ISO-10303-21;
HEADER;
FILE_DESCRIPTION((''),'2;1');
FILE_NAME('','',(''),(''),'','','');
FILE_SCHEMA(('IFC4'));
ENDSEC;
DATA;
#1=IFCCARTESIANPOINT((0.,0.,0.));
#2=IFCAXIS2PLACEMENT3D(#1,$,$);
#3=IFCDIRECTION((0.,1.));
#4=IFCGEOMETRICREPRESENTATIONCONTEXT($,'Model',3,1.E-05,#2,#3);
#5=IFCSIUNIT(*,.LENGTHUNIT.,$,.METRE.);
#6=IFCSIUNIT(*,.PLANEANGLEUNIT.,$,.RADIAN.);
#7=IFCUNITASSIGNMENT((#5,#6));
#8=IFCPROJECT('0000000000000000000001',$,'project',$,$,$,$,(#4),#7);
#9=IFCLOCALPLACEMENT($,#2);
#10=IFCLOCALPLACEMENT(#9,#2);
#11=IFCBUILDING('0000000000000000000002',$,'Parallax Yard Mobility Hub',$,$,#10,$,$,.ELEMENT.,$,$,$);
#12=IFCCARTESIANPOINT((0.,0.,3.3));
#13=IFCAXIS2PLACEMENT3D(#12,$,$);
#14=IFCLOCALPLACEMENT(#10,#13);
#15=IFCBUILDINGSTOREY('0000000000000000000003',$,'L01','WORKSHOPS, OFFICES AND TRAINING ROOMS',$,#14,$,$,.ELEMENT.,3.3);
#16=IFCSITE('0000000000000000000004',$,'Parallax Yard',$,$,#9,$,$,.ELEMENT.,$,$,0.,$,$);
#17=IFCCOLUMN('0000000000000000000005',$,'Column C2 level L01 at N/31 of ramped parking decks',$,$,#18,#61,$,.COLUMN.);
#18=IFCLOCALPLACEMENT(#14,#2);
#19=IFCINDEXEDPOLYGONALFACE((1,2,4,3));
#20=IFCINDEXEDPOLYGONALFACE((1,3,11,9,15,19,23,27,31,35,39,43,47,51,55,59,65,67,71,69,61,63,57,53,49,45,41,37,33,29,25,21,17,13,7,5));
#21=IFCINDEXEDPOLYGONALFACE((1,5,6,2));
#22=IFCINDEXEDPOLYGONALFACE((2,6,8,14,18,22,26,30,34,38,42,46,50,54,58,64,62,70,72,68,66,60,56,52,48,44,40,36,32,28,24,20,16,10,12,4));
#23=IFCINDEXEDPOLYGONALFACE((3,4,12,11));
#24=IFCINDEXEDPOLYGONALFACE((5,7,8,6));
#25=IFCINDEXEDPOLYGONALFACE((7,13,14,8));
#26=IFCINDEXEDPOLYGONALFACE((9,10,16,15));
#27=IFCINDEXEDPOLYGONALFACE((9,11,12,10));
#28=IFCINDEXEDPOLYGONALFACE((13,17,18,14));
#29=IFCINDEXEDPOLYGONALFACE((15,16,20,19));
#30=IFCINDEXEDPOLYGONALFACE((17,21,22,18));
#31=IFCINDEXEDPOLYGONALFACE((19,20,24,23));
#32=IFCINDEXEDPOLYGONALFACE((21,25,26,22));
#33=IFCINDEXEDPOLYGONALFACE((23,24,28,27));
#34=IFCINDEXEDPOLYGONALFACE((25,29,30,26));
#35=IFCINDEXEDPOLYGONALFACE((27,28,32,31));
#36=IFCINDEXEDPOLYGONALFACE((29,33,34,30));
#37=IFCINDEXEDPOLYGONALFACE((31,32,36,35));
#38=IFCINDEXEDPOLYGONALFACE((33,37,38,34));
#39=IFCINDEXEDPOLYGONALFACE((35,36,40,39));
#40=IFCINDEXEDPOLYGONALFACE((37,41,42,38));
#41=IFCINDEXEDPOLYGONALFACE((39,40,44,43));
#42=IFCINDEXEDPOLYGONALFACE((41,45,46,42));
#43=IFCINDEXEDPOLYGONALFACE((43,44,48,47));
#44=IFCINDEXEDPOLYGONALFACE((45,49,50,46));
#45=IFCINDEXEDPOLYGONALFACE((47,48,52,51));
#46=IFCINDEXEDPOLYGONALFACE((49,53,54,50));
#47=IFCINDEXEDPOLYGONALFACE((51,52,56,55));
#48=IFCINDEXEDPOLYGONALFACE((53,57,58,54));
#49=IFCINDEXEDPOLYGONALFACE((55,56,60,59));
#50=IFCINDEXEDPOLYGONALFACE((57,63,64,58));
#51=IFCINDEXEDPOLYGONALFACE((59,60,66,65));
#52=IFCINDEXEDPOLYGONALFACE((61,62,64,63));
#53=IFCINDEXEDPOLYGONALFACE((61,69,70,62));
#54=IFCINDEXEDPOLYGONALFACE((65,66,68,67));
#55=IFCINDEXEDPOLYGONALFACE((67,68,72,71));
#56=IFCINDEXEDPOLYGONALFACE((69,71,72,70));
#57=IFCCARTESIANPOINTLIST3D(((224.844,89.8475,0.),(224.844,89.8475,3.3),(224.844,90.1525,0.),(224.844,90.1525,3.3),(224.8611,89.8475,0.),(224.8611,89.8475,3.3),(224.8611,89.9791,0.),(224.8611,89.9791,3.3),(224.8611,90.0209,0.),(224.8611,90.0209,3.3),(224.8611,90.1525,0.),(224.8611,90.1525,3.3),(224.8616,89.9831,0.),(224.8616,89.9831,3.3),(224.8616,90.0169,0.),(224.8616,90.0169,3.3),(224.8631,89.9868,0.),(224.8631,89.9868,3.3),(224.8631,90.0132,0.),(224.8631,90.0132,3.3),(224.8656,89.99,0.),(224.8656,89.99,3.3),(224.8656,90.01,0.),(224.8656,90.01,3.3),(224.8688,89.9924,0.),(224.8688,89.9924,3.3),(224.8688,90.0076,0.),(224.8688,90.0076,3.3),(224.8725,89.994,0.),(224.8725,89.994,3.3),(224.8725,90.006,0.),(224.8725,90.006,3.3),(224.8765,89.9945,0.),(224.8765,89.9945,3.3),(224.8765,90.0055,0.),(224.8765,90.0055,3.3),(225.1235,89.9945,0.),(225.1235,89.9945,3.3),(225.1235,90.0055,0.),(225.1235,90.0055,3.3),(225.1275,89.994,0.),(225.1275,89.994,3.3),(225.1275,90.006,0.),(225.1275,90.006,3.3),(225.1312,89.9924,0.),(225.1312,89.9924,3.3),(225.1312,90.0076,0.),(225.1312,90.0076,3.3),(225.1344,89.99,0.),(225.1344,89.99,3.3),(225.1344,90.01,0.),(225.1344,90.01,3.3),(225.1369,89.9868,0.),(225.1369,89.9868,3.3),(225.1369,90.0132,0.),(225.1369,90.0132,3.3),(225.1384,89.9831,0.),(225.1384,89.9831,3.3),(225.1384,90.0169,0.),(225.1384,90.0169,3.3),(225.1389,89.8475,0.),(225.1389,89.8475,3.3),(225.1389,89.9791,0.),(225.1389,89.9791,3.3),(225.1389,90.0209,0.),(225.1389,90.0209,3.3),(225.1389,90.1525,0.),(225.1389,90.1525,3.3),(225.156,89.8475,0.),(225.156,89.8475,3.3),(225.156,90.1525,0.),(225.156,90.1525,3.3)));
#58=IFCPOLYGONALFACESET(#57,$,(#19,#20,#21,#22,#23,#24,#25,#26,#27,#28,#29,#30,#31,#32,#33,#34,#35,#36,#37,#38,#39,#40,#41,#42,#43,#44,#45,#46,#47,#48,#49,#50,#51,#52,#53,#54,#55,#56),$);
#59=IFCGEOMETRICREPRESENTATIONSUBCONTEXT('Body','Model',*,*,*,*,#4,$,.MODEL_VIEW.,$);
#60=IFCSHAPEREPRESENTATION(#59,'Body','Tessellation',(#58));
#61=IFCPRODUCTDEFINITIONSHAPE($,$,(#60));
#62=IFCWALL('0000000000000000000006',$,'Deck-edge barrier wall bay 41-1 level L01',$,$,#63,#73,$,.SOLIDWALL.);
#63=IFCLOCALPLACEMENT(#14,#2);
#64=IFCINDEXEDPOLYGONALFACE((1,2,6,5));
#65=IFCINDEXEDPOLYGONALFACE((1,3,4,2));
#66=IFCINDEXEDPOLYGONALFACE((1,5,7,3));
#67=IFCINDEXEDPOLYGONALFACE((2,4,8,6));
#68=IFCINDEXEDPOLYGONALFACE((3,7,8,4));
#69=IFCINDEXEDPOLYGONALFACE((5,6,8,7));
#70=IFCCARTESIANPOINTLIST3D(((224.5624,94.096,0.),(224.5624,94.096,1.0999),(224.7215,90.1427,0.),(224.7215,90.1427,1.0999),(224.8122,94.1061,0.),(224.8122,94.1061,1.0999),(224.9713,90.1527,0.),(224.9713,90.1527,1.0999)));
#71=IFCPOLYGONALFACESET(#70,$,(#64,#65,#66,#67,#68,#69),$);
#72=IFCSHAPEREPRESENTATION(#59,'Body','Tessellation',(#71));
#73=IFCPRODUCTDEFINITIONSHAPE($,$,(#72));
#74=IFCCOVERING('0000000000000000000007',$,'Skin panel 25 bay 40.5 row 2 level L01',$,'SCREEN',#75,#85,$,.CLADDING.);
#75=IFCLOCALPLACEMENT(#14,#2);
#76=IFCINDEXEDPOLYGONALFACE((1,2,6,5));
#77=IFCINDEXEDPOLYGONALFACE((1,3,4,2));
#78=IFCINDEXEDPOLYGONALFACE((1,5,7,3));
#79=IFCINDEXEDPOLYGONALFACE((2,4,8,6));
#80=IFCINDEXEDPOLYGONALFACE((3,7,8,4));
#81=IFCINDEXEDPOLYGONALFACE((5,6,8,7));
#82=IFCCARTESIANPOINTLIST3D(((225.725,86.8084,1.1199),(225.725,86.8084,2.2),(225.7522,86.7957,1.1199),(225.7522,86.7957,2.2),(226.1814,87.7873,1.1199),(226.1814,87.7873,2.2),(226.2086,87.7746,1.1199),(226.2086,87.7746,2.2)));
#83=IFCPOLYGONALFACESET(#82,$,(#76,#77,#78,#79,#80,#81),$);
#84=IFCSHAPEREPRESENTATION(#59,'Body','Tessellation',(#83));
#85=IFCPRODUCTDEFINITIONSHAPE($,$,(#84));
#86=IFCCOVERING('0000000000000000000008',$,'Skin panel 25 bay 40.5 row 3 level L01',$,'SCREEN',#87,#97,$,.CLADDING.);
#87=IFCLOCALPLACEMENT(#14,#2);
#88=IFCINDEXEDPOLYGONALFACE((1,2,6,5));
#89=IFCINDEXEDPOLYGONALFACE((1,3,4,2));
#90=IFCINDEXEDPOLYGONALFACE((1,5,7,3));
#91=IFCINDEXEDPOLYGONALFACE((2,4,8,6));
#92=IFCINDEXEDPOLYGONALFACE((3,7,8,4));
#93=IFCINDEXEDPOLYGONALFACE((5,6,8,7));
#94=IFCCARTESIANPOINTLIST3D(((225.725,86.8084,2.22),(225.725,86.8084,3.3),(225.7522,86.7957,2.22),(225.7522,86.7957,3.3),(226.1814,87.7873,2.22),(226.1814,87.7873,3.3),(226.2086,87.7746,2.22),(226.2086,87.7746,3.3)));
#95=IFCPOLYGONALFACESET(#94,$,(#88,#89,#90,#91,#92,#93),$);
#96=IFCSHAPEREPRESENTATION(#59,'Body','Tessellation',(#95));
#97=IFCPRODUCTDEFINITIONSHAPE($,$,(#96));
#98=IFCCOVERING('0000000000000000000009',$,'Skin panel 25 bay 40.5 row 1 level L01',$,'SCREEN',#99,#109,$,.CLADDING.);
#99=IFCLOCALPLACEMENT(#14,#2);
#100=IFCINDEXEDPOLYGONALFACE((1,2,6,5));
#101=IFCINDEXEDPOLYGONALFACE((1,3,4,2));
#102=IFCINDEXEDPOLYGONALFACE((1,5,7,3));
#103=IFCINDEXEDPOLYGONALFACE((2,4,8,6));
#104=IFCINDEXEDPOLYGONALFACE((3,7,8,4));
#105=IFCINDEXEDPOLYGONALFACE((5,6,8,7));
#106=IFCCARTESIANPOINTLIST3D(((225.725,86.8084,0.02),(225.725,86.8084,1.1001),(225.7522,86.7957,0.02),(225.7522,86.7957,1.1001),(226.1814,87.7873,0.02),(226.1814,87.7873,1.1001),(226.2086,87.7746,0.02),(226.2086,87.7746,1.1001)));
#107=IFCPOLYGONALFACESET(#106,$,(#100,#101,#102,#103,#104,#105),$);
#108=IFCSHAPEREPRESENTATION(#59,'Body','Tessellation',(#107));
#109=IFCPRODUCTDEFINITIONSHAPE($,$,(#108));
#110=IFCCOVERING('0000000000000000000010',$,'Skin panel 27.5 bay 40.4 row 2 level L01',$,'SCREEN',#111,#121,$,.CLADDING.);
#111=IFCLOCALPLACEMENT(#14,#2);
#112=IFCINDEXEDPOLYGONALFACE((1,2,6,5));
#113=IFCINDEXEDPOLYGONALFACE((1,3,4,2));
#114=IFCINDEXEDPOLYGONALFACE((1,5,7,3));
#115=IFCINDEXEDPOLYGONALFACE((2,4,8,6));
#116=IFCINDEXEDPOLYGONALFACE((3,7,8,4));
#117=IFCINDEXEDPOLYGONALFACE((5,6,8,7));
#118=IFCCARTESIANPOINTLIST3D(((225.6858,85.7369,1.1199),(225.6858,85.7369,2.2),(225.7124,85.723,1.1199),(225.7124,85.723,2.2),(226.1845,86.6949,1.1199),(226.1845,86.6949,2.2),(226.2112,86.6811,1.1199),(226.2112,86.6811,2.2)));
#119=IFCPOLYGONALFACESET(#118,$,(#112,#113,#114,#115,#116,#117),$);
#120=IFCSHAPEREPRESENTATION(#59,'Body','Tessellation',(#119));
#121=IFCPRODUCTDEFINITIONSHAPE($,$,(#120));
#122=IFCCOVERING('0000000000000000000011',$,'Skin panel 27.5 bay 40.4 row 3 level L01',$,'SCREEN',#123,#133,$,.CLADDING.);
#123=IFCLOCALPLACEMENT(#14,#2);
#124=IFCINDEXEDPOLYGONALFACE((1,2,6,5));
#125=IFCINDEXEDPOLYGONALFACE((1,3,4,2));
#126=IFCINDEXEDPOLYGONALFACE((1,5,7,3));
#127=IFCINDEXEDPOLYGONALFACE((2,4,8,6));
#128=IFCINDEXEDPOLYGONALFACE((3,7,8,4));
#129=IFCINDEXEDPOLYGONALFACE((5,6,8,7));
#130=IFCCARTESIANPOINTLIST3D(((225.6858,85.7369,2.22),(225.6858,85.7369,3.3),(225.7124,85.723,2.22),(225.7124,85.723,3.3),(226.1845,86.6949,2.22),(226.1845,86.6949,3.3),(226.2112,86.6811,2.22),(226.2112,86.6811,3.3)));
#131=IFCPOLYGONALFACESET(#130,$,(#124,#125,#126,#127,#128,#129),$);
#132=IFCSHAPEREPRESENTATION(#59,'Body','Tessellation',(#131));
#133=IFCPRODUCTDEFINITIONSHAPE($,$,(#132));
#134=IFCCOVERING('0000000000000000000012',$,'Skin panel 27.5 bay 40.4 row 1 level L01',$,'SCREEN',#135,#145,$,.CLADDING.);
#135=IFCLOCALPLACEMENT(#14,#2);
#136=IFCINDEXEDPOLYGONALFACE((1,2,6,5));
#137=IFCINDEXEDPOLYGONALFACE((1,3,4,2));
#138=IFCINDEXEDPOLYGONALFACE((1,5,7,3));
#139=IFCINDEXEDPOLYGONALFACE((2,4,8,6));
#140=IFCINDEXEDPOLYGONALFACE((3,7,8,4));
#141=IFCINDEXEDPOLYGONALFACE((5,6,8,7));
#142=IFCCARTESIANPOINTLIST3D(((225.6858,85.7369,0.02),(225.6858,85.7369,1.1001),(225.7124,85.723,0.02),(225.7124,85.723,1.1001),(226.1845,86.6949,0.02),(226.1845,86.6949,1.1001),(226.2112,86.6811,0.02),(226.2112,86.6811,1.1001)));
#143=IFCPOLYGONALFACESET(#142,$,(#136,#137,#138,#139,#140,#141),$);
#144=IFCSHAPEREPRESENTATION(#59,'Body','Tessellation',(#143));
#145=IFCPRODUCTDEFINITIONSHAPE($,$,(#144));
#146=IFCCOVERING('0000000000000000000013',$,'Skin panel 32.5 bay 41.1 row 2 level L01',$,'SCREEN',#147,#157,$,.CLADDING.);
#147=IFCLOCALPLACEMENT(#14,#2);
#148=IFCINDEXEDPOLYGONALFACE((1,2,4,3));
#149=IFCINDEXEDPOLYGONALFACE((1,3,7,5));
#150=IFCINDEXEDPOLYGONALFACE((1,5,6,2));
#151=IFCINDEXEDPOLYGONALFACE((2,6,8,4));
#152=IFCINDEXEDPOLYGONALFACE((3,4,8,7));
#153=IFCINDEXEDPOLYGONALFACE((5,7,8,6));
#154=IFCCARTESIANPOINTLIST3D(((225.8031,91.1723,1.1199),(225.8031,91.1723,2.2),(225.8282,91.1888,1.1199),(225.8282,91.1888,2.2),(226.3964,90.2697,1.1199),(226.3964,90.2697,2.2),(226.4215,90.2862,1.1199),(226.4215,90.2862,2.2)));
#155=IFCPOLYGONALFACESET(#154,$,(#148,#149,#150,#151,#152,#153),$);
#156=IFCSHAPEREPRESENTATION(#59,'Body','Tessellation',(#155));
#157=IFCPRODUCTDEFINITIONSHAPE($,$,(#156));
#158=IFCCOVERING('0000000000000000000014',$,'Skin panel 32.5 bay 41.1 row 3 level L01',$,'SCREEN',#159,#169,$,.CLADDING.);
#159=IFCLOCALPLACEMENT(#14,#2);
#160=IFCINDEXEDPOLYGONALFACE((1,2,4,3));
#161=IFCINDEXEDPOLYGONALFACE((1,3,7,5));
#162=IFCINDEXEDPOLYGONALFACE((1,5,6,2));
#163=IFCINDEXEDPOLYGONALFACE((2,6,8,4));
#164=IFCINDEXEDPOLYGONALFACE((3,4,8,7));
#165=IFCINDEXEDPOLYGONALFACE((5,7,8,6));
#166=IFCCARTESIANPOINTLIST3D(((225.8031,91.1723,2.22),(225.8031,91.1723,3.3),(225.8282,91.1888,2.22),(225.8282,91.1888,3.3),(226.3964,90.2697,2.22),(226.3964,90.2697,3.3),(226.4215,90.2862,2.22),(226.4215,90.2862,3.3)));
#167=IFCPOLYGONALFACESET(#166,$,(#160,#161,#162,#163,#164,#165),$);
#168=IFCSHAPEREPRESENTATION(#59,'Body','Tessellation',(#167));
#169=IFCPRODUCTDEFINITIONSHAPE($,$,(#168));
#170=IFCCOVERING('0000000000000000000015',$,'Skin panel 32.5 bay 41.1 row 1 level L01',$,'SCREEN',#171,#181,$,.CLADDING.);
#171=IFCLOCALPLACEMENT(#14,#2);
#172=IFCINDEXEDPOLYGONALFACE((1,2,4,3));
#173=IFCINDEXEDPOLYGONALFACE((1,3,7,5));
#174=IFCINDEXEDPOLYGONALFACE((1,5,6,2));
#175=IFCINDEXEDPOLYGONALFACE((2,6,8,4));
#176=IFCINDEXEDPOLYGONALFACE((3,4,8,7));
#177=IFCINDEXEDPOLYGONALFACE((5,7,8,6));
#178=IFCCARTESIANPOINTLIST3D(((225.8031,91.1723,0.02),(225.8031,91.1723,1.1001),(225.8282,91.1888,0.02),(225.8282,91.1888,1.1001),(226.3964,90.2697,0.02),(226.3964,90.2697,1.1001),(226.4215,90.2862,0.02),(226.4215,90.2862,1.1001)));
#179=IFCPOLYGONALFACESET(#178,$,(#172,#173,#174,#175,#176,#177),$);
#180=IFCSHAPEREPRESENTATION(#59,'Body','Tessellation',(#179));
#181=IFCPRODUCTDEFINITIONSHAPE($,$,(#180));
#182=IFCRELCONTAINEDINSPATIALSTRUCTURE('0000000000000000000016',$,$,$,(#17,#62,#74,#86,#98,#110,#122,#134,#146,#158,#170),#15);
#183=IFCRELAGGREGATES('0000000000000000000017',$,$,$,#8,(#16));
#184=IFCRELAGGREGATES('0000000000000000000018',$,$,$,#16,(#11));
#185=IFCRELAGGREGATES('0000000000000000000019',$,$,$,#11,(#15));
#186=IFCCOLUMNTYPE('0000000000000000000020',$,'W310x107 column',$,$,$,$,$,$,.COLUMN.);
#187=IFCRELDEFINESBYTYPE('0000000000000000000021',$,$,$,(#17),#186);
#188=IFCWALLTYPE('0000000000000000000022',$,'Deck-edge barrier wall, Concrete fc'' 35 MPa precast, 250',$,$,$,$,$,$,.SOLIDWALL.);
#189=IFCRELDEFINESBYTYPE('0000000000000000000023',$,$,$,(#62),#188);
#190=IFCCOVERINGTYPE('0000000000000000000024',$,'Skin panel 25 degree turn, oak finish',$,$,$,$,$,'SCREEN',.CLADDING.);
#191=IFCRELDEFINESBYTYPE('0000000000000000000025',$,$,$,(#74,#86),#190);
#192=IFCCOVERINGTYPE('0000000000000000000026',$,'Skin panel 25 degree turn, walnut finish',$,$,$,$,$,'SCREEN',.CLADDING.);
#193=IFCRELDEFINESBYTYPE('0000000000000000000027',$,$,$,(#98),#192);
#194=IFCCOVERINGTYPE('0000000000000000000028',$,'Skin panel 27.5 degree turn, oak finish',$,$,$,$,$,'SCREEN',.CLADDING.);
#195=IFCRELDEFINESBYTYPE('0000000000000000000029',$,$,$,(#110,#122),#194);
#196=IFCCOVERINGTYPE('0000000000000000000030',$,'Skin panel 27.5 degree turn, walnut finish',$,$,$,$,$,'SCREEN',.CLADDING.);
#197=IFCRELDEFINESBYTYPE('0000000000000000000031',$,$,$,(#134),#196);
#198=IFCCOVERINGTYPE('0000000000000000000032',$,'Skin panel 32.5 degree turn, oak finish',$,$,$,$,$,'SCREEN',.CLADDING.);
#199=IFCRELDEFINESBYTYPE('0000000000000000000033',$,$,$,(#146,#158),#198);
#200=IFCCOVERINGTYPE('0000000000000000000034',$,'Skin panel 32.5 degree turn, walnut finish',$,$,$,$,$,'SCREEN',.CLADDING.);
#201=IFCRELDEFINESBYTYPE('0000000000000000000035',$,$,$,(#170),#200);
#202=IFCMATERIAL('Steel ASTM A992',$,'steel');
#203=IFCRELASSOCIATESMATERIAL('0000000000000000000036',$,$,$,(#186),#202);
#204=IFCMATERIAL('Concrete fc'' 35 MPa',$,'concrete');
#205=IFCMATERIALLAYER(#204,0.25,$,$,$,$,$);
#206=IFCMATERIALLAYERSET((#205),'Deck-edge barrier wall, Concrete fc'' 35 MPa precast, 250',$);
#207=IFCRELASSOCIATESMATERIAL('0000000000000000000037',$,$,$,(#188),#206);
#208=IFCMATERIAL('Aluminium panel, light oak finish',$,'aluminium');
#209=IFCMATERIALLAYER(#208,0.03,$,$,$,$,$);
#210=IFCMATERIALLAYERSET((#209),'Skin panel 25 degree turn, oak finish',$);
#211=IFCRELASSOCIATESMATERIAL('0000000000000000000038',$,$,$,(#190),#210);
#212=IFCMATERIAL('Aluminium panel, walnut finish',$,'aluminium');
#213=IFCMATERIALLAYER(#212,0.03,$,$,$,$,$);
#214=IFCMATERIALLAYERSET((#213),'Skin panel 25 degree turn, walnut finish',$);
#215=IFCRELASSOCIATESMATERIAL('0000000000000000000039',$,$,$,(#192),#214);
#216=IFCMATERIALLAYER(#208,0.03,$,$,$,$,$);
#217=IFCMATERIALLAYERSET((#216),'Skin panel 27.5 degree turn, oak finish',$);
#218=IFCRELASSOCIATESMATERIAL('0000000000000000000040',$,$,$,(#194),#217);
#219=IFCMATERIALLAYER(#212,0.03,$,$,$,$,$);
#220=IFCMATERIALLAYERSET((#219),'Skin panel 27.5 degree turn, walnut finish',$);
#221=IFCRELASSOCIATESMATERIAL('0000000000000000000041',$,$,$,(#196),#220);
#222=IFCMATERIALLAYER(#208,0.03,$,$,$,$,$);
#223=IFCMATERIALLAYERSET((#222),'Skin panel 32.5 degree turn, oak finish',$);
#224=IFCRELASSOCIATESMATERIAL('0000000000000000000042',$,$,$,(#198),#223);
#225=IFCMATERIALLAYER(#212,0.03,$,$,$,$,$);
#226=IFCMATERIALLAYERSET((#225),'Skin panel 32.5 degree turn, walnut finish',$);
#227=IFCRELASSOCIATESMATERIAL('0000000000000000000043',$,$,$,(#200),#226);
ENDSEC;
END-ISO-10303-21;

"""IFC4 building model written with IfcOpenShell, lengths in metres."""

from ifc_helpers import new_model, si_unit, direction, frame, frame_2d, origin, origin_2d, place, context, subcontext, project, spatial, rectangle, i_section, extrude, material, layer, layer_set, material_profile, profile_set, type_object, element, save


model = new_model("IFC4")

# Units and contexts
model_context = context("Model", 3, precision=1e-05, world=origin(), true_north=direction((0.0, 1.0)))
body_context = subcontext(model_context, "Body", "Model", "MODEL_VIEW")
ifc_project = project(units=[si_unit("LENGTHUNIT", "METRE"), si_unit("PLANEANGLEUNIT", "RADIAN")], contexts=[model_context])

# Site, building, storey
site_placement = place(None, origin())
site = spatial("IfcSite", under=ifc_project, at=site_placement, Name="Parallax Yard", CompositionType="ELEMENT", RefElevation=0.0)
building_placement = place(site_placement, origin())
building = spatial("IfcBuilding", under=site, at=building_placement, Name="Parallax Yard Mobility Hub", CompositionType="ELEMENT")
storey_placement = place(building_placement, frame((0.0, 0.0, 3.3)))
storey = spatial("IfcBuildingStorey", under=building, at=storey_placement, Name="L01", Description="WORKSHOPS, OFFICES AND TRAINING ROOMS", CompositionType="ELEMENT", Elevation=3.3)

# Column
ifc_material_1 = material(Name="Steel ASTM A992", Category="steel")
ifc_material_profile_1 = material_profile(ifc_material_1, i_section(OverallWidth=0.3049, OverallDepth=0.312, WebThickness=0.011, FlangeThickness=0.0171, FilletRadius=0.0154, at=origin_2d()), Name="W310x107")
ifc_profile_set_1 = profile_set([ifc_material_profile_1], Name="Steel ASTM A992")
column_type = type_object("IfcColumnType", Name="W310x107 column", PredefinedType="COLUMN", material=ifc_profile_set_1)
column_placement = place(storey_placement, frame((225.0, 90.0, 0.0), z_axis=(0.0, 0.0, 1.0), x_axis=(0.0, 1.0, 0.0)))
element("IfcColumn", 1, at=column_placement, inside=storey, type_object=column_type, Name="Column C2 level L01 at N/31 of ramped parking decks", PredefinedType="COLUMN", context=body_context, shape_type="SweptSolid", body=[
    extrude(i_section(OverallWidth=0.3049, OverallDepth=0.312, WebThickness=0.011, FlangeThickness=0.0171, FilletRadius=0.0154, at=origin_2d()), origin(), (0.0, 0.0, 1.0), 3.3),
])

# Wall
ifc_material_2 = material(Name="Concrete fc' 35 MPa", Category="concrete")
ifc_layer_1 = layer(ifc_material_2, 0.25)
ifc_layer_set_1 = layer_set([ifc_layer_1], Name="Deck-edge barrier wall, Concrete fc' 35 MPa precast, 250")
wall_type = type_object("IfcWallType", Name="Deck-edge barrier wall, Concrete fc' 35 MPa precast, 250", PredefinedType="SOLIDWALL", material=ifc_layer_set_1)
wall_placement = place(storey_placement, frame((224.8464, 90.1477, 0.0), z_axis=(0.0, 0.0, 1.0), x_axis=(-0.040232, 0.99919, 0.0)))
element("IfcWall", 2, at=wall_placement, inside=storey, type_object=wall_type, Name="Deck-edge barrier wall bay 41-1 level L01", PredefinedType="SOLIDWALL", context=body_context, shape_type="SweptSolid", body=[
    extrude(rectangle(XDim=3.9565, YDim=0.25, at=frame_2d((1.9783, 0.0))), origin(), (0.0, 0.0, 1.0), 1.0999),
])

# Coverings
ifc_material_3 = material(Name="Aluminium panel, light oak finish", Category="aluminium")
ifc_layer_2 = layer(ifc_material_3, 0.03)
ifc_layer_set_2 = layer_set([ifc_layer_2], Name="Skin panel 25 degree turn, oak finish")
covering_type_1 = type_object("IfcCoveringType", Name="Skin panel 25 degree turn, oak finish", ElementType="SCREEN", PredefinedType="CLADDING", material=ifc_layer_set_2)
for number, where, z_axis, x_axis, name in (
    (3, (225.9668, 87.2915, 1.1199), (0.0, 0.0, 1.0), (0.422618, 0.906308, 0.0), "Skin panel 25 bay 40.5 row 2 level L01"),
    (4, (225.9668, 87.2915, 2.22), (0.0, 0.0, 1.0), (0.422618, 0.906308, 0.0), "Skin panel 25 bay 40.5 row 3 level L01"),
):
    element("IfcCovering", number, at=place(storey_placement, frame(where, z_axis=z_axis, x_axis=x_axis)), inside=storey, type_object=covering_type_1, Name=name, ObjectType="SCREEN", PredefinedType="CLADDING", context=body_context, shape_type="SweptSolid", body=[
        extrude(rectangle(XDim=1.0801, YDim=0.03, at=origin_2d()), origin(), (0.0, 0.0, 1.0), 1.0801),
    ])
ifc_material_4 = material(Name="Aluminium panel, walnut finish", Category="aluminium")
ifc_layer_3 = layer(ifc_material_4, 0.03)
ifc_layer_set_3 = layer_set([ifc_layer_3], Name="Skin panel 25 degree turn, walnut finish")
covering_type_2 = type_object("IfcCoveringType", Name="Skin panel 25 degree turn, walnut finish", ElementType="SCREEN", PredefinedType="CLADDING", material=ifc_layer_set_3)
covering_1_placement = place(storey_placement, frame((225.9668, 87.2915, 0.02), z_axis=(0.0, 0.0, 1.0), x_axis=(0.422618, 0.906308, 0.0)))
element("IfcCovering", 5, at=covering_1_placement, inside=storey, type_object=covering_type_2, Name="Skin panel 25 bay 40.5 row 1 level L01", ObjectType="SCREEN", PredefinedType="CLADDING", context=body_context, shape_type="SweptSolid", body=[
    extrude(rectangle(XDim=1.0801, YDim=0.03, at=origin_2d()), origin(), (0.0, 0.0, 1.0), 1.0801),
])
ifc_layer_4 = layer(ifc_material_3, 0.03)
ifc_layer_set_4 = layer_set([ifc_layer_4], Name="Skin panel 27.5 degree turn, oak finish")
covering_type_3 = type_object("IfcCoveringType", Name="Skin panel 27.5 degree turn, oak finish", ElementType="SCREEN", PredefinedType="CLADDING", material=ifc_layer_set_4)
for number, where, z_axis, x_axis, name in (
    (6, (225.9485, 86.209, 1.1199), (0.0, 0.0, 1.0), (0.461749, 0.887011, 0.0), "Skin panel 27.5 bay 40.4 row 2 level L01"),
    (7, (225.9485, 86.209, 2.22), (0.0, 0.0, 1.0), (0.461749, 0.887011, 0.0), "Skin panel 27.5 bay 40.4 row 3 level L01"),
):
    element("IfcCovering", number, at=place(storey_placement, frame(where, z_axis=z_axis, x_axis=x_axis)), inside=storey, type_object=covering_type_3, Name=name, ObjectType="SCREEN", PredefinedType="CLADDING", context=body_context, shape_type="SweptSolid", body=[
        extrude(rectangle(XDim=1.0801, YDim=0.03, at=origin_2d()), origin(), (0.0, 0.0, 1.0), 1.0801),
    ])
ifc_layer_5 = layer(ifc_material_4, 0.03)
ifc_layer_set_5 = layer_set([ifc_layer_5], Name="Skin panel 27.5 degree turn, walnut finish")
covering_type_4 = type_object("IfcCoveringType", Name="Skin panel 27.5 degree turn, walnut finish", ElementType="SCREEN", PredefinedType="CLADDING", material=ifc_layer_set_5)
covering_2_placement = place(storey_placement, frame((225.9485, 86.209, 0.02), z_axis=(0.0, 0.0, 1.0), x_axis=(0.461749, 0.887011, 0.0)))
element("IfcCovering", 8, at=covering_2_placement, inside=storey, type_object=covering_type_4, Name="Skin panel 27.5 bay 40.4 row 1 level L01", ObjectType="SCREEN", PredefinedType="CLADDING", context=body_context, shape_type="SweptSolid", body=[
    extrude(rectangle(XDim=1.0801, YDim=0.03, at=origin_2d()), origin(), (0.0, 0.0, 1.0), 1.0801),
])
ifc_layer_6 = layer(ifc_material_3, 0.03)
ifc_layer_set_6 = layer_set([ifc_layer_6], Name="Skin panel 32.5 degree turn, oak finish")
covering_type_5 = type_object("IfcCoveringType", Name="Skin panel 32.5 degree turn, oak finish", ElementType="SCREEN", PredefinedType="CLADDING", material=ifc_layer_set_6)
for number, where, z_axis, x_axis, name in (
    (9, (226.1123, 90.7292, 1.1199), (0.0, 0.0, 1.0), (0.549288, -0.835633, 0.0), "Skin panel 32.5 bay 41.1 row 2 level L01"),
    (10, (226.1123, 90.7292, 2.22), (0.0, 0.0, 1.0), (0.549288, -0.835633, 0.0), "Skin panel 32.5 bay 41.1 row 3 level L01"),
):
    element("IfcCovering", number, at=place(storey_placement, frame(where, z_axis=z_axis, x_axis=x_axis)), inside=storey, type_object=covering_type_5, Name=name, ObjectType="SCREEN", PredefinedType="CLADDING", context=body_context, shape_type="SweptSolid", body=[
        extrude(rectangle(XDim=1.0801, YDim=0.03, at=origin_2d()), origin(), (0.0, 0.0, 1.0), 1.0801),
    ])
ifc_layer_7 = layer(ifc_material_4, 0.03)
ifc_layer_set_7 = layer_set([ifc_layer_7], Name="Skin panel 32.5 degree turn, walnut finish")
covering_type_6 = type_object("IfcCoveringType", Name="Skin panel 32.5 degree turn, walnut finish", ElementType="SCREEN", PredefinedType="CLADDING", material=ifc_layer_set_7)
covering_3_placement = place(storey_placement, frame((226.1123, 90.7292, 0.02), z_axis=(0.0, 0.0, 1.0), x_axis=(0.549288, -0.835633, 0.0)))
element("IfcCovering", 11, at=covering_3_placement, inside=storey, type_object=covering_type_6, Name="Skin panel 32.5 bay 41.1 row 1 level L01", ObjectType="SCREEN", PredefinedType="CLADDING", context=body_context, shape_type="SweptSolid", body=[
    extrude(rectangle(XDim=1.0801, YDim=0.03, at=origin_2d()), origin(), (0.0, 0.0, 1.0), 1.0801),
])

save(model, "model.ifc")
